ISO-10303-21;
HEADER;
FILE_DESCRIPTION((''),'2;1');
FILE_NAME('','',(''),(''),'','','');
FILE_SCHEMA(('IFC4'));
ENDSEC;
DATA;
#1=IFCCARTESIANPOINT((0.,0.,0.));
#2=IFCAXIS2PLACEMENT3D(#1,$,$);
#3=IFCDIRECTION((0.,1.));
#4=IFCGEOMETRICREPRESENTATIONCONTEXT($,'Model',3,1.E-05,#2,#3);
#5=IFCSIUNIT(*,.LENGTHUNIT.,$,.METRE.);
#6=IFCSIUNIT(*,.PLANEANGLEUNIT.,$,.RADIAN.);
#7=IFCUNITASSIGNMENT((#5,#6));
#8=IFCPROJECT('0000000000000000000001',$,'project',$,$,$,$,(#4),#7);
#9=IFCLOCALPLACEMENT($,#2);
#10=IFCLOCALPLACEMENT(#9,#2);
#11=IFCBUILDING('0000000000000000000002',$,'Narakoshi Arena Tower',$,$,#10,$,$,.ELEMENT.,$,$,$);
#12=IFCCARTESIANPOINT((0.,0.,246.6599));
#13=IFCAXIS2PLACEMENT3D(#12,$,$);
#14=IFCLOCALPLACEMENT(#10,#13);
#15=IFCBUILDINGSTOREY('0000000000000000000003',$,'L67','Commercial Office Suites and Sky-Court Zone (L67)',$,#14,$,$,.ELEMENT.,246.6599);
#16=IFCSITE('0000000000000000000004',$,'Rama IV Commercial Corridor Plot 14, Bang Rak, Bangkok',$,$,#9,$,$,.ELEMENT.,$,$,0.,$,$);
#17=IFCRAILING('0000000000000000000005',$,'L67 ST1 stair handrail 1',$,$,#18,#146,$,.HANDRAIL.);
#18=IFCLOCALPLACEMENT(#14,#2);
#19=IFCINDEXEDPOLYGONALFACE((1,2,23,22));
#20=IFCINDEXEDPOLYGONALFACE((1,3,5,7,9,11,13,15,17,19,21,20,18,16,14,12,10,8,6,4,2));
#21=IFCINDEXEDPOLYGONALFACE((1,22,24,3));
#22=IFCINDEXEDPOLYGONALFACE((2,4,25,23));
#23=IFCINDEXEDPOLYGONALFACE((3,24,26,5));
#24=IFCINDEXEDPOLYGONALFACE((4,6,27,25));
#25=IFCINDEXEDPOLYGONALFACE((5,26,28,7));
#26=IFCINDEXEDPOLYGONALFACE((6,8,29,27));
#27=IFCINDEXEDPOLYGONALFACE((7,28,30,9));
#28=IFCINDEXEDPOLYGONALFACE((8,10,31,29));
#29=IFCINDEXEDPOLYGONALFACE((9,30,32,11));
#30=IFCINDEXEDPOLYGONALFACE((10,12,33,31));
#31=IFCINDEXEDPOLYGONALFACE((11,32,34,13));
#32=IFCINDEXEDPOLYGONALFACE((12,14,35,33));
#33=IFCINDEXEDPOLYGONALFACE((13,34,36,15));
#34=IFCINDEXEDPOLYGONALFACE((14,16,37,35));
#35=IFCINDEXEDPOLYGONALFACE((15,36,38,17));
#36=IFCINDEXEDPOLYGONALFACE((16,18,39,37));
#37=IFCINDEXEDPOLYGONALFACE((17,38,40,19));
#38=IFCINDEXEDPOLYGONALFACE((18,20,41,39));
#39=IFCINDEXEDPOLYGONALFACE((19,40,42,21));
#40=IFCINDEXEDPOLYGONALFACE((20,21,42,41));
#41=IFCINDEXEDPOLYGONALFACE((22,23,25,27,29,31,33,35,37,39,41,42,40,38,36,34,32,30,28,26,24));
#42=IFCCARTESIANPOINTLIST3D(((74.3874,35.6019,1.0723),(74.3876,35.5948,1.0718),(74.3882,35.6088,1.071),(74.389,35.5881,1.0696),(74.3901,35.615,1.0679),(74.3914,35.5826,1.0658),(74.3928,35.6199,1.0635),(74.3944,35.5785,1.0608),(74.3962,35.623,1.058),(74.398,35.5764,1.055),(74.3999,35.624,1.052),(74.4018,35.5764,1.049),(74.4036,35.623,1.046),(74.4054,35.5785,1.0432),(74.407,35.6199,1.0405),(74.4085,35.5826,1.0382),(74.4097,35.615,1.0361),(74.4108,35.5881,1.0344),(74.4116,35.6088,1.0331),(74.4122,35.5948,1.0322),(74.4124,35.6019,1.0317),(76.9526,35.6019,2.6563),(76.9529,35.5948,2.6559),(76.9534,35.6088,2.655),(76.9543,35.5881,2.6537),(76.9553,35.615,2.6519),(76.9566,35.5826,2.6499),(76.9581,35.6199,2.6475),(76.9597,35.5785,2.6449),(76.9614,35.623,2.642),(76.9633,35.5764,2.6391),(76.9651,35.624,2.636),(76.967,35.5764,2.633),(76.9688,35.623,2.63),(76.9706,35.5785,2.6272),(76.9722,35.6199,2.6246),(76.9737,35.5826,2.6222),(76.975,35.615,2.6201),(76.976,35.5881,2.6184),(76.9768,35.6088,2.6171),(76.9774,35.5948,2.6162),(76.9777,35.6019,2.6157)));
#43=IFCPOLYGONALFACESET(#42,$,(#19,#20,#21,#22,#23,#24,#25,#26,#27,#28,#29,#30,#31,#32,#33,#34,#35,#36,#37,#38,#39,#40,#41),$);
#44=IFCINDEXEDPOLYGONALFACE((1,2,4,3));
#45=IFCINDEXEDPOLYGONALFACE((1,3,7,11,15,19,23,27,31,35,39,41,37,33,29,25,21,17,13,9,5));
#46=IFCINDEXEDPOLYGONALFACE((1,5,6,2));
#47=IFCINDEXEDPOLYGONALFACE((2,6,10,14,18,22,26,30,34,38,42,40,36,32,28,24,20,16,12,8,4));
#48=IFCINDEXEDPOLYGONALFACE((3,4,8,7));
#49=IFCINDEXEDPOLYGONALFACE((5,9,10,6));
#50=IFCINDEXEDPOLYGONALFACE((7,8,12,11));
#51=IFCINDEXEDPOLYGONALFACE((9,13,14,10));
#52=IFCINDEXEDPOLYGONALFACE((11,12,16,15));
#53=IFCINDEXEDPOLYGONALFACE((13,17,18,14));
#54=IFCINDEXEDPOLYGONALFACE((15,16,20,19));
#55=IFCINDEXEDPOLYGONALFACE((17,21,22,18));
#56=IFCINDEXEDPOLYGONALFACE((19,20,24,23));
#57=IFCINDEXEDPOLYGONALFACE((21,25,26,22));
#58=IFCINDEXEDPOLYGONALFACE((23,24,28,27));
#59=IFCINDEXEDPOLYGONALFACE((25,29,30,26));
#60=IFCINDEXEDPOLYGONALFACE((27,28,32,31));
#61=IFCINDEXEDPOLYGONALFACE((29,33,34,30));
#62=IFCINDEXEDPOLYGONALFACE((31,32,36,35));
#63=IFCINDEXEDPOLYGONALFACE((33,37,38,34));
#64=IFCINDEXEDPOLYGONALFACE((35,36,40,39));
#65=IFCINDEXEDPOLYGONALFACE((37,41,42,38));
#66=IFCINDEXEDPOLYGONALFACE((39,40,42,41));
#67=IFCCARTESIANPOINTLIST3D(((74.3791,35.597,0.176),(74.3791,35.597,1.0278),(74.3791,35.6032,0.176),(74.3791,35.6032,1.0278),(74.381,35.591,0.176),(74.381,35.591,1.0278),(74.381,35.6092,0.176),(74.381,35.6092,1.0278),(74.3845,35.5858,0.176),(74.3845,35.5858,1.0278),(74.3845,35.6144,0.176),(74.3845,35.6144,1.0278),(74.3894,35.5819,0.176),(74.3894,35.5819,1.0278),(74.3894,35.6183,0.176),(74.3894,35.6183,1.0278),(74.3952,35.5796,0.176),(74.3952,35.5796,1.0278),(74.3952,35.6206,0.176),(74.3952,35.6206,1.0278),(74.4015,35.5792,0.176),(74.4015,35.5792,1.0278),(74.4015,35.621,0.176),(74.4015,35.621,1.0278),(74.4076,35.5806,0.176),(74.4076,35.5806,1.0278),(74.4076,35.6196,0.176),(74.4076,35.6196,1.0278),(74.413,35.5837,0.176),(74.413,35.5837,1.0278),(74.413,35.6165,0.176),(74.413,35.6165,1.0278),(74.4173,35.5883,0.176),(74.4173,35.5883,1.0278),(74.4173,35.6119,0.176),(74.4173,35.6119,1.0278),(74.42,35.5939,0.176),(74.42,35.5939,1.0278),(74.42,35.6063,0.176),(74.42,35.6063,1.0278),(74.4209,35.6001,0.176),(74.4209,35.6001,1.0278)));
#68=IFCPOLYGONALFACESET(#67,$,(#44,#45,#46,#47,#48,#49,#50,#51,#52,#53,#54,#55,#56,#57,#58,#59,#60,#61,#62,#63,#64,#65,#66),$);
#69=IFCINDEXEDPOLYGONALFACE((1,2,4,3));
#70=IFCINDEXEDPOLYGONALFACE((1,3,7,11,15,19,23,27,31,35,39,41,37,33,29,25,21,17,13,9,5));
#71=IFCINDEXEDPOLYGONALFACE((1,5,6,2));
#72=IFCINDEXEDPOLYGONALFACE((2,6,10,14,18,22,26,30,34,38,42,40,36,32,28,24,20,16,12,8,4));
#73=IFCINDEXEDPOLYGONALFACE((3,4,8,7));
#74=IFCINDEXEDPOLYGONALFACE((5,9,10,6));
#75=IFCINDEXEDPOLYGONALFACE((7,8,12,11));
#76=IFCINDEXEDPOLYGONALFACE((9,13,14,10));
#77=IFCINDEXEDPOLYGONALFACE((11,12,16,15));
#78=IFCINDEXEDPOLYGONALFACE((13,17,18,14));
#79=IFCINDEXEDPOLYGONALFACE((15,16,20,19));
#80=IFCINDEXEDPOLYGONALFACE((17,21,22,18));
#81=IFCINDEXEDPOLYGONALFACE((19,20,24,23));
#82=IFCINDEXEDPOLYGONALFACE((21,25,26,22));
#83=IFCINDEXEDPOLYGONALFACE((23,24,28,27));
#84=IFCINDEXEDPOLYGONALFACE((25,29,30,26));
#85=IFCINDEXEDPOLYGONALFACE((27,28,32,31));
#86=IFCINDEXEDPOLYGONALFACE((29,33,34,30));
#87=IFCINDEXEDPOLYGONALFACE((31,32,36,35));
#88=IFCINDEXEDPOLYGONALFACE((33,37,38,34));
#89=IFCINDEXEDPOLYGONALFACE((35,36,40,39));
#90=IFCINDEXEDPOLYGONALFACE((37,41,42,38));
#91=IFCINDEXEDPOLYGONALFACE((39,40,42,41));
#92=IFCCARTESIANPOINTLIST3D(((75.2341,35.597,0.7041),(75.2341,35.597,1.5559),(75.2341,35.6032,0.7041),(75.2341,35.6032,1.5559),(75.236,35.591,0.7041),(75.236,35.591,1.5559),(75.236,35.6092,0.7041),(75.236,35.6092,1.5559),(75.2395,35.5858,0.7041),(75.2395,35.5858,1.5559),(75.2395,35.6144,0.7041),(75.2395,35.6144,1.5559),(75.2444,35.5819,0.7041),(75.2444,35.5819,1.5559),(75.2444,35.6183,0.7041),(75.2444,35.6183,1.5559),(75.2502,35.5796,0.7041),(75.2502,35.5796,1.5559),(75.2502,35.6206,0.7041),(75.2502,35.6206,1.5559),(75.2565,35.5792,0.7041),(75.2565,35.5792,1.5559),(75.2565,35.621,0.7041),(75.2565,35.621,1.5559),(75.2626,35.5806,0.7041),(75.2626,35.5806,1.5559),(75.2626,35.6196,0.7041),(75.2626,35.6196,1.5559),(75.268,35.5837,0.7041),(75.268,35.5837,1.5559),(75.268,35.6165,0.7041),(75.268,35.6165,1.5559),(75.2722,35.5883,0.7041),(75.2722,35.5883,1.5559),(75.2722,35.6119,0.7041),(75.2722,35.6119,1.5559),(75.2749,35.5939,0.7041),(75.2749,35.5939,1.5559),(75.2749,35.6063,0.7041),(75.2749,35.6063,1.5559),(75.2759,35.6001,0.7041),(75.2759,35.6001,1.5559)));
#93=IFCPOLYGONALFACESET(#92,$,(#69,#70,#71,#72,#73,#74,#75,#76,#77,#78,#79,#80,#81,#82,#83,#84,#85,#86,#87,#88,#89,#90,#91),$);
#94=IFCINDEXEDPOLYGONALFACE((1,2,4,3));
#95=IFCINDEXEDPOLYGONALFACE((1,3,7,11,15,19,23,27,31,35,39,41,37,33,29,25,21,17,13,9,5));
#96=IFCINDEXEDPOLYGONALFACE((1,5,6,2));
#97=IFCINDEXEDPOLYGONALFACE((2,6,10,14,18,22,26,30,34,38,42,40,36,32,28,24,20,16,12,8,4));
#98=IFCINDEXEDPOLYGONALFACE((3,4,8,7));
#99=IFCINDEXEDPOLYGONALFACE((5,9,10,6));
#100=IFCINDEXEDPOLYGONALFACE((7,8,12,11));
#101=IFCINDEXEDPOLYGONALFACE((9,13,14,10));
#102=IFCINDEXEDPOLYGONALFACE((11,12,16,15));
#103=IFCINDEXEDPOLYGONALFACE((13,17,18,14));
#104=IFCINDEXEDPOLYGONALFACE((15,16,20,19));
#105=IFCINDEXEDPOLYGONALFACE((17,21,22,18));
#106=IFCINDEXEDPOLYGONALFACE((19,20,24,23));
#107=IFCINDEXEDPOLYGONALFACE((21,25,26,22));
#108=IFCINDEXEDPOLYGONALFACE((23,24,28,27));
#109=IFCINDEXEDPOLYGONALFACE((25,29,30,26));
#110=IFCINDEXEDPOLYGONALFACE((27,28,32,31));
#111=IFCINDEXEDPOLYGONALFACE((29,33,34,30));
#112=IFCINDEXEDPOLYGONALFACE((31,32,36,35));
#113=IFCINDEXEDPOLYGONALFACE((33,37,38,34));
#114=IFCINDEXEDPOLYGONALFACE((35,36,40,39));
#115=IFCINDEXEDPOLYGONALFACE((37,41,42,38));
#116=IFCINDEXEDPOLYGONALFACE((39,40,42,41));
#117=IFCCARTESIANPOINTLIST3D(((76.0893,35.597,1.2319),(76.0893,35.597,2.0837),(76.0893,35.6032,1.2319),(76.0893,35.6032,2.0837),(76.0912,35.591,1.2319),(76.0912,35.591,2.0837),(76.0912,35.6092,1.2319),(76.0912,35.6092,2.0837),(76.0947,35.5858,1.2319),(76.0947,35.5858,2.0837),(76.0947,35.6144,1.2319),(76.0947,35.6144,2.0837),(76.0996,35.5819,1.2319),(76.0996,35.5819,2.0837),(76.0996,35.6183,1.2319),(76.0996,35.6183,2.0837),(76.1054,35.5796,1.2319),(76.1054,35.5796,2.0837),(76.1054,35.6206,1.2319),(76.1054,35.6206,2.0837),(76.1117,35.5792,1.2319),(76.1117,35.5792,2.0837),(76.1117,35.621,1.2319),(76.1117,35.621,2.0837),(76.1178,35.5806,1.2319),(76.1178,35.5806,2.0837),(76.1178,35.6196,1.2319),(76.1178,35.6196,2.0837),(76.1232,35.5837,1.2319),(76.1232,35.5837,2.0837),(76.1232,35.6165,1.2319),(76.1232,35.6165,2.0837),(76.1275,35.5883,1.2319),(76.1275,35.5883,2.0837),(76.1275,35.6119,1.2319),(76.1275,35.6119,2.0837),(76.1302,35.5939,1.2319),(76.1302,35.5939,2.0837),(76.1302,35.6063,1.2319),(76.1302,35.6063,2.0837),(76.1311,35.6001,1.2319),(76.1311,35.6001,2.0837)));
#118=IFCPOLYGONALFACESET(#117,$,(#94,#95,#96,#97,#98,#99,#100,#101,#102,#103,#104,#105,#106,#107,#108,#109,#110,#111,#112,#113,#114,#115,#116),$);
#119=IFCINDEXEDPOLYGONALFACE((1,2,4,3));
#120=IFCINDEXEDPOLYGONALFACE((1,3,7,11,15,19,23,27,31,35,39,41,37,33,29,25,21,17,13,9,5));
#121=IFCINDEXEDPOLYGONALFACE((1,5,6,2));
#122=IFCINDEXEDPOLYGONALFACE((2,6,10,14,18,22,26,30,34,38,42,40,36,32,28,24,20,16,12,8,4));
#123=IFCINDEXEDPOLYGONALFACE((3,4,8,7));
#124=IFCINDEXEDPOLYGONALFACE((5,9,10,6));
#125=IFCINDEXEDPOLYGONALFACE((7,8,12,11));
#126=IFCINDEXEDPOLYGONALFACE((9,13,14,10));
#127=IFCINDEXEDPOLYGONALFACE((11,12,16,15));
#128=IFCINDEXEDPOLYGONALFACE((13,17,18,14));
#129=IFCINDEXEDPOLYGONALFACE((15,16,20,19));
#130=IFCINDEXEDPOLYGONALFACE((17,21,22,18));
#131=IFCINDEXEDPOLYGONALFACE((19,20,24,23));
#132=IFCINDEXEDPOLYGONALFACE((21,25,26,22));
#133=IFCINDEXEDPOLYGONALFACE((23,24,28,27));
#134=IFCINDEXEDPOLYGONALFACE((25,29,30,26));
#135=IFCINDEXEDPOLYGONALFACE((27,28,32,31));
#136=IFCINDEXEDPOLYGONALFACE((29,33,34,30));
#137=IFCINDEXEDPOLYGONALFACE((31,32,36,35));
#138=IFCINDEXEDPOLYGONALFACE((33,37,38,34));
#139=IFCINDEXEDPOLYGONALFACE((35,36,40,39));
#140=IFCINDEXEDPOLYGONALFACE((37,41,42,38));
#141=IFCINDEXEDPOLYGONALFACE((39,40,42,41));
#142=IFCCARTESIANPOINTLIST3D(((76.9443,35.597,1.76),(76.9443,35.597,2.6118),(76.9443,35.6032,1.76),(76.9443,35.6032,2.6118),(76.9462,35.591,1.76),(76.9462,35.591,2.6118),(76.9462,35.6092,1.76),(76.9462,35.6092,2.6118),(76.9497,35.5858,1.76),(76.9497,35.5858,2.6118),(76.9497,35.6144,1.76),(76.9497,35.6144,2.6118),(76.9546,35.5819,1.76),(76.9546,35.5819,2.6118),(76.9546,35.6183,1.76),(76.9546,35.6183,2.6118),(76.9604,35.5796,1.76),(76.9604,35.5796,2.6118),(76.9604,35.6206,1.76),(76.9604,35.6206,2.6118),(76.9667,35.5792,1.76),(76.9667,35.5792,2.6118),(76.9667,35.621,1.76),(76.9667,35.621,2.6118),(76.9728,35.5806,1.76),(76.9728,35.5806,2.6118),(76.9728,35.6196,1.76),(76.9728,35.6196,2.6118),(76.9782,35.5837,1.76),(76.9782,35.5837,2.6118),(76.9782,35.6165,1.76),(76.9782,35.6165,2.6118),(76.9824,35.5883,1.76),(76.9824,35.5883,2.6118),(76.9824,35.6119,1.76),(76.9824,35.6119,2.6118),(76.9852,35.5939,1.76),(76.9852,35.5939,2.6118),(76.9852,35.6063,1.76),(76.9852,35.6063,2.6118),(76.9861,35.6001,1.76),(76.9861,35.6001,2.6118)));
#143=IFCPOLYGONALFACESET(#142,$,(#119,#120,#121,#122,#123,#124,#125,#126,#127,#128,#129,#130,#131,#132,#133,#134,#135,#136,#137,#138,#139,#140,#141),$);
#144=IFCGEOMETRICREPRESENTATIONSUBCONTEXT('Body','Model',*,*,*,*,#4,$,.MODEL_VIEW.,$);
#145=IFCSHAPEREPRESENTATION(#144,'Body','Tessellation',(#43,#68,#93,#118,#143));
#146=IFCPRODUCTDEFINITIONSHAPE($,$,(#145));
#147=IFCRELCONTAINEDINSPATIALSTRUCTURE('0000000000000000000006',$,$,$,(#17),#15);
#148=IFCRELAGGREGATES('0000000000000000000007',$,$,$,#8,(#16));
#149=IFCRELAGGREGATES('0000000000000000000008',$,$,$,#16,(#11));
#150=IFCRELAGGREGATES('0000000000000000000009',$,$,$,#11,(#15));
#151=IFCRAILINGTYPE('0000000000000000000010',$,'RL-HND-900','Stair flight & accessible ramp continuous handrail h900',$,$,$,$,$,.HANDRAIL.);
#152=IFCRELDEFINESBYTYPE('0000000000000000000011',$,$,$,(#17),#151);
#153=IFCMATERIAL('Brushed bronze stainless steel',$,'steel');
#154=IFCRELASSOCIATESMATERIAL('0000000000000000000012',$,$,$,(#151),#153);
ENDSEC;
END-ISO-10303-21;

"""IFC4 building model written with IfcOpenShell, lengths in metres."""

from ifc_helpers import new_model, si_unit, direction, frame, origin, origin_2d, place, context, subcontext, project, spatial, circle, extrude, material, type_object, element, save


model = new_model("IFC4")

# Units and contexts
model_context = context("Model", 3, precision=1e-05, world=origin(), true_north=direction((0.0, 1.0)))
body_context = subcontext(model_context, "Body", "Model", "MODEL_VIEW")
ifc_project = project(units=[si_unit("LENGTHUNIT", "METRE"), si_unit("PLANEANGLEUNIT", "RADIAN")], contexts=[model_context])

# Site, building, storey
site_placement = place(None, origin())
site = spatial("IfcSite", under=ifc_project, at=site_placement, Name="Rama IV Commercial Corridor Plot 14, Bang Rak, Bangkok", CompositionType="ELEMENT", RefElevation=0.0)
building_placement = place(site_placement, origin())
building = spatial("IfcBuilding", under=site, at=building_placement, Name="Narakoshi Arena Tower", CompositionType="ELEMENT")
storey_placement = place(building_placement, frame((0.0, 0.0, 246.6599)))
storey = spatial("IfcBuildingStorey", under=building, at=storey_placement, Name="L67", Description="Commercial Office Suites and Sky-Court Zone (L67)", CompositionType="ELEMENT", Elevation=246.6599)

# Railing
ifc_material_1 = material(Name="Brushed bronze stainless steel", Category="steel")
railing_type_1 = type_object("IfcRailingType", Name="RL-HND-900", Description="Stair flight & accessible ramp continuous handrail h900", PredefinedType="HANDRAIL", material=ifc_material_1)
railing_1_placement = place(storey_placement, frame((74.3999, 35.6001, 0.176)))
element("IfcRailing", 1, at=railing_1_placement, inside=storey, type_object=railing_type_1, Name="L67 ST1 stair handrail 1", PredefinedType="HANDRAIL", context=body_context, shape_type="SweptSolid", body=[
    extrude(circle(Radius=0.0239, at=origin_2d()), frame((0.0, 0.0, 0.876), z_axis=(0.850857, 0.0, 0.525398), x_axis=(0.0, 1.0, 0.0)), (0.0, 0.0, 1.0), 3.0149),
    extrude(circle(Radius=0.021, at=origin_2d()), origin(), (0.0, 0.0, 1.0), 0.8518),
    extrude(circle(Radius=0.021, at=origin_2d()), frame((0.855, 0.0, 0.5281)), (0.0, 0.0, 1.0), 0.8518),
    extrude(circle(Radius=0.021, at=origin_2d()), frame((1.7102, 0.0, 1.0559)), (0.0, 0.0, 1.0), 0.8518),
    extrude(circle(Radius=0.021, at=origin_2d()), frame((2.5652, 0.0, 1.584)), (0.0, 0.0, 1.0), 0.8518),
])

save(model, "model.ifc")
